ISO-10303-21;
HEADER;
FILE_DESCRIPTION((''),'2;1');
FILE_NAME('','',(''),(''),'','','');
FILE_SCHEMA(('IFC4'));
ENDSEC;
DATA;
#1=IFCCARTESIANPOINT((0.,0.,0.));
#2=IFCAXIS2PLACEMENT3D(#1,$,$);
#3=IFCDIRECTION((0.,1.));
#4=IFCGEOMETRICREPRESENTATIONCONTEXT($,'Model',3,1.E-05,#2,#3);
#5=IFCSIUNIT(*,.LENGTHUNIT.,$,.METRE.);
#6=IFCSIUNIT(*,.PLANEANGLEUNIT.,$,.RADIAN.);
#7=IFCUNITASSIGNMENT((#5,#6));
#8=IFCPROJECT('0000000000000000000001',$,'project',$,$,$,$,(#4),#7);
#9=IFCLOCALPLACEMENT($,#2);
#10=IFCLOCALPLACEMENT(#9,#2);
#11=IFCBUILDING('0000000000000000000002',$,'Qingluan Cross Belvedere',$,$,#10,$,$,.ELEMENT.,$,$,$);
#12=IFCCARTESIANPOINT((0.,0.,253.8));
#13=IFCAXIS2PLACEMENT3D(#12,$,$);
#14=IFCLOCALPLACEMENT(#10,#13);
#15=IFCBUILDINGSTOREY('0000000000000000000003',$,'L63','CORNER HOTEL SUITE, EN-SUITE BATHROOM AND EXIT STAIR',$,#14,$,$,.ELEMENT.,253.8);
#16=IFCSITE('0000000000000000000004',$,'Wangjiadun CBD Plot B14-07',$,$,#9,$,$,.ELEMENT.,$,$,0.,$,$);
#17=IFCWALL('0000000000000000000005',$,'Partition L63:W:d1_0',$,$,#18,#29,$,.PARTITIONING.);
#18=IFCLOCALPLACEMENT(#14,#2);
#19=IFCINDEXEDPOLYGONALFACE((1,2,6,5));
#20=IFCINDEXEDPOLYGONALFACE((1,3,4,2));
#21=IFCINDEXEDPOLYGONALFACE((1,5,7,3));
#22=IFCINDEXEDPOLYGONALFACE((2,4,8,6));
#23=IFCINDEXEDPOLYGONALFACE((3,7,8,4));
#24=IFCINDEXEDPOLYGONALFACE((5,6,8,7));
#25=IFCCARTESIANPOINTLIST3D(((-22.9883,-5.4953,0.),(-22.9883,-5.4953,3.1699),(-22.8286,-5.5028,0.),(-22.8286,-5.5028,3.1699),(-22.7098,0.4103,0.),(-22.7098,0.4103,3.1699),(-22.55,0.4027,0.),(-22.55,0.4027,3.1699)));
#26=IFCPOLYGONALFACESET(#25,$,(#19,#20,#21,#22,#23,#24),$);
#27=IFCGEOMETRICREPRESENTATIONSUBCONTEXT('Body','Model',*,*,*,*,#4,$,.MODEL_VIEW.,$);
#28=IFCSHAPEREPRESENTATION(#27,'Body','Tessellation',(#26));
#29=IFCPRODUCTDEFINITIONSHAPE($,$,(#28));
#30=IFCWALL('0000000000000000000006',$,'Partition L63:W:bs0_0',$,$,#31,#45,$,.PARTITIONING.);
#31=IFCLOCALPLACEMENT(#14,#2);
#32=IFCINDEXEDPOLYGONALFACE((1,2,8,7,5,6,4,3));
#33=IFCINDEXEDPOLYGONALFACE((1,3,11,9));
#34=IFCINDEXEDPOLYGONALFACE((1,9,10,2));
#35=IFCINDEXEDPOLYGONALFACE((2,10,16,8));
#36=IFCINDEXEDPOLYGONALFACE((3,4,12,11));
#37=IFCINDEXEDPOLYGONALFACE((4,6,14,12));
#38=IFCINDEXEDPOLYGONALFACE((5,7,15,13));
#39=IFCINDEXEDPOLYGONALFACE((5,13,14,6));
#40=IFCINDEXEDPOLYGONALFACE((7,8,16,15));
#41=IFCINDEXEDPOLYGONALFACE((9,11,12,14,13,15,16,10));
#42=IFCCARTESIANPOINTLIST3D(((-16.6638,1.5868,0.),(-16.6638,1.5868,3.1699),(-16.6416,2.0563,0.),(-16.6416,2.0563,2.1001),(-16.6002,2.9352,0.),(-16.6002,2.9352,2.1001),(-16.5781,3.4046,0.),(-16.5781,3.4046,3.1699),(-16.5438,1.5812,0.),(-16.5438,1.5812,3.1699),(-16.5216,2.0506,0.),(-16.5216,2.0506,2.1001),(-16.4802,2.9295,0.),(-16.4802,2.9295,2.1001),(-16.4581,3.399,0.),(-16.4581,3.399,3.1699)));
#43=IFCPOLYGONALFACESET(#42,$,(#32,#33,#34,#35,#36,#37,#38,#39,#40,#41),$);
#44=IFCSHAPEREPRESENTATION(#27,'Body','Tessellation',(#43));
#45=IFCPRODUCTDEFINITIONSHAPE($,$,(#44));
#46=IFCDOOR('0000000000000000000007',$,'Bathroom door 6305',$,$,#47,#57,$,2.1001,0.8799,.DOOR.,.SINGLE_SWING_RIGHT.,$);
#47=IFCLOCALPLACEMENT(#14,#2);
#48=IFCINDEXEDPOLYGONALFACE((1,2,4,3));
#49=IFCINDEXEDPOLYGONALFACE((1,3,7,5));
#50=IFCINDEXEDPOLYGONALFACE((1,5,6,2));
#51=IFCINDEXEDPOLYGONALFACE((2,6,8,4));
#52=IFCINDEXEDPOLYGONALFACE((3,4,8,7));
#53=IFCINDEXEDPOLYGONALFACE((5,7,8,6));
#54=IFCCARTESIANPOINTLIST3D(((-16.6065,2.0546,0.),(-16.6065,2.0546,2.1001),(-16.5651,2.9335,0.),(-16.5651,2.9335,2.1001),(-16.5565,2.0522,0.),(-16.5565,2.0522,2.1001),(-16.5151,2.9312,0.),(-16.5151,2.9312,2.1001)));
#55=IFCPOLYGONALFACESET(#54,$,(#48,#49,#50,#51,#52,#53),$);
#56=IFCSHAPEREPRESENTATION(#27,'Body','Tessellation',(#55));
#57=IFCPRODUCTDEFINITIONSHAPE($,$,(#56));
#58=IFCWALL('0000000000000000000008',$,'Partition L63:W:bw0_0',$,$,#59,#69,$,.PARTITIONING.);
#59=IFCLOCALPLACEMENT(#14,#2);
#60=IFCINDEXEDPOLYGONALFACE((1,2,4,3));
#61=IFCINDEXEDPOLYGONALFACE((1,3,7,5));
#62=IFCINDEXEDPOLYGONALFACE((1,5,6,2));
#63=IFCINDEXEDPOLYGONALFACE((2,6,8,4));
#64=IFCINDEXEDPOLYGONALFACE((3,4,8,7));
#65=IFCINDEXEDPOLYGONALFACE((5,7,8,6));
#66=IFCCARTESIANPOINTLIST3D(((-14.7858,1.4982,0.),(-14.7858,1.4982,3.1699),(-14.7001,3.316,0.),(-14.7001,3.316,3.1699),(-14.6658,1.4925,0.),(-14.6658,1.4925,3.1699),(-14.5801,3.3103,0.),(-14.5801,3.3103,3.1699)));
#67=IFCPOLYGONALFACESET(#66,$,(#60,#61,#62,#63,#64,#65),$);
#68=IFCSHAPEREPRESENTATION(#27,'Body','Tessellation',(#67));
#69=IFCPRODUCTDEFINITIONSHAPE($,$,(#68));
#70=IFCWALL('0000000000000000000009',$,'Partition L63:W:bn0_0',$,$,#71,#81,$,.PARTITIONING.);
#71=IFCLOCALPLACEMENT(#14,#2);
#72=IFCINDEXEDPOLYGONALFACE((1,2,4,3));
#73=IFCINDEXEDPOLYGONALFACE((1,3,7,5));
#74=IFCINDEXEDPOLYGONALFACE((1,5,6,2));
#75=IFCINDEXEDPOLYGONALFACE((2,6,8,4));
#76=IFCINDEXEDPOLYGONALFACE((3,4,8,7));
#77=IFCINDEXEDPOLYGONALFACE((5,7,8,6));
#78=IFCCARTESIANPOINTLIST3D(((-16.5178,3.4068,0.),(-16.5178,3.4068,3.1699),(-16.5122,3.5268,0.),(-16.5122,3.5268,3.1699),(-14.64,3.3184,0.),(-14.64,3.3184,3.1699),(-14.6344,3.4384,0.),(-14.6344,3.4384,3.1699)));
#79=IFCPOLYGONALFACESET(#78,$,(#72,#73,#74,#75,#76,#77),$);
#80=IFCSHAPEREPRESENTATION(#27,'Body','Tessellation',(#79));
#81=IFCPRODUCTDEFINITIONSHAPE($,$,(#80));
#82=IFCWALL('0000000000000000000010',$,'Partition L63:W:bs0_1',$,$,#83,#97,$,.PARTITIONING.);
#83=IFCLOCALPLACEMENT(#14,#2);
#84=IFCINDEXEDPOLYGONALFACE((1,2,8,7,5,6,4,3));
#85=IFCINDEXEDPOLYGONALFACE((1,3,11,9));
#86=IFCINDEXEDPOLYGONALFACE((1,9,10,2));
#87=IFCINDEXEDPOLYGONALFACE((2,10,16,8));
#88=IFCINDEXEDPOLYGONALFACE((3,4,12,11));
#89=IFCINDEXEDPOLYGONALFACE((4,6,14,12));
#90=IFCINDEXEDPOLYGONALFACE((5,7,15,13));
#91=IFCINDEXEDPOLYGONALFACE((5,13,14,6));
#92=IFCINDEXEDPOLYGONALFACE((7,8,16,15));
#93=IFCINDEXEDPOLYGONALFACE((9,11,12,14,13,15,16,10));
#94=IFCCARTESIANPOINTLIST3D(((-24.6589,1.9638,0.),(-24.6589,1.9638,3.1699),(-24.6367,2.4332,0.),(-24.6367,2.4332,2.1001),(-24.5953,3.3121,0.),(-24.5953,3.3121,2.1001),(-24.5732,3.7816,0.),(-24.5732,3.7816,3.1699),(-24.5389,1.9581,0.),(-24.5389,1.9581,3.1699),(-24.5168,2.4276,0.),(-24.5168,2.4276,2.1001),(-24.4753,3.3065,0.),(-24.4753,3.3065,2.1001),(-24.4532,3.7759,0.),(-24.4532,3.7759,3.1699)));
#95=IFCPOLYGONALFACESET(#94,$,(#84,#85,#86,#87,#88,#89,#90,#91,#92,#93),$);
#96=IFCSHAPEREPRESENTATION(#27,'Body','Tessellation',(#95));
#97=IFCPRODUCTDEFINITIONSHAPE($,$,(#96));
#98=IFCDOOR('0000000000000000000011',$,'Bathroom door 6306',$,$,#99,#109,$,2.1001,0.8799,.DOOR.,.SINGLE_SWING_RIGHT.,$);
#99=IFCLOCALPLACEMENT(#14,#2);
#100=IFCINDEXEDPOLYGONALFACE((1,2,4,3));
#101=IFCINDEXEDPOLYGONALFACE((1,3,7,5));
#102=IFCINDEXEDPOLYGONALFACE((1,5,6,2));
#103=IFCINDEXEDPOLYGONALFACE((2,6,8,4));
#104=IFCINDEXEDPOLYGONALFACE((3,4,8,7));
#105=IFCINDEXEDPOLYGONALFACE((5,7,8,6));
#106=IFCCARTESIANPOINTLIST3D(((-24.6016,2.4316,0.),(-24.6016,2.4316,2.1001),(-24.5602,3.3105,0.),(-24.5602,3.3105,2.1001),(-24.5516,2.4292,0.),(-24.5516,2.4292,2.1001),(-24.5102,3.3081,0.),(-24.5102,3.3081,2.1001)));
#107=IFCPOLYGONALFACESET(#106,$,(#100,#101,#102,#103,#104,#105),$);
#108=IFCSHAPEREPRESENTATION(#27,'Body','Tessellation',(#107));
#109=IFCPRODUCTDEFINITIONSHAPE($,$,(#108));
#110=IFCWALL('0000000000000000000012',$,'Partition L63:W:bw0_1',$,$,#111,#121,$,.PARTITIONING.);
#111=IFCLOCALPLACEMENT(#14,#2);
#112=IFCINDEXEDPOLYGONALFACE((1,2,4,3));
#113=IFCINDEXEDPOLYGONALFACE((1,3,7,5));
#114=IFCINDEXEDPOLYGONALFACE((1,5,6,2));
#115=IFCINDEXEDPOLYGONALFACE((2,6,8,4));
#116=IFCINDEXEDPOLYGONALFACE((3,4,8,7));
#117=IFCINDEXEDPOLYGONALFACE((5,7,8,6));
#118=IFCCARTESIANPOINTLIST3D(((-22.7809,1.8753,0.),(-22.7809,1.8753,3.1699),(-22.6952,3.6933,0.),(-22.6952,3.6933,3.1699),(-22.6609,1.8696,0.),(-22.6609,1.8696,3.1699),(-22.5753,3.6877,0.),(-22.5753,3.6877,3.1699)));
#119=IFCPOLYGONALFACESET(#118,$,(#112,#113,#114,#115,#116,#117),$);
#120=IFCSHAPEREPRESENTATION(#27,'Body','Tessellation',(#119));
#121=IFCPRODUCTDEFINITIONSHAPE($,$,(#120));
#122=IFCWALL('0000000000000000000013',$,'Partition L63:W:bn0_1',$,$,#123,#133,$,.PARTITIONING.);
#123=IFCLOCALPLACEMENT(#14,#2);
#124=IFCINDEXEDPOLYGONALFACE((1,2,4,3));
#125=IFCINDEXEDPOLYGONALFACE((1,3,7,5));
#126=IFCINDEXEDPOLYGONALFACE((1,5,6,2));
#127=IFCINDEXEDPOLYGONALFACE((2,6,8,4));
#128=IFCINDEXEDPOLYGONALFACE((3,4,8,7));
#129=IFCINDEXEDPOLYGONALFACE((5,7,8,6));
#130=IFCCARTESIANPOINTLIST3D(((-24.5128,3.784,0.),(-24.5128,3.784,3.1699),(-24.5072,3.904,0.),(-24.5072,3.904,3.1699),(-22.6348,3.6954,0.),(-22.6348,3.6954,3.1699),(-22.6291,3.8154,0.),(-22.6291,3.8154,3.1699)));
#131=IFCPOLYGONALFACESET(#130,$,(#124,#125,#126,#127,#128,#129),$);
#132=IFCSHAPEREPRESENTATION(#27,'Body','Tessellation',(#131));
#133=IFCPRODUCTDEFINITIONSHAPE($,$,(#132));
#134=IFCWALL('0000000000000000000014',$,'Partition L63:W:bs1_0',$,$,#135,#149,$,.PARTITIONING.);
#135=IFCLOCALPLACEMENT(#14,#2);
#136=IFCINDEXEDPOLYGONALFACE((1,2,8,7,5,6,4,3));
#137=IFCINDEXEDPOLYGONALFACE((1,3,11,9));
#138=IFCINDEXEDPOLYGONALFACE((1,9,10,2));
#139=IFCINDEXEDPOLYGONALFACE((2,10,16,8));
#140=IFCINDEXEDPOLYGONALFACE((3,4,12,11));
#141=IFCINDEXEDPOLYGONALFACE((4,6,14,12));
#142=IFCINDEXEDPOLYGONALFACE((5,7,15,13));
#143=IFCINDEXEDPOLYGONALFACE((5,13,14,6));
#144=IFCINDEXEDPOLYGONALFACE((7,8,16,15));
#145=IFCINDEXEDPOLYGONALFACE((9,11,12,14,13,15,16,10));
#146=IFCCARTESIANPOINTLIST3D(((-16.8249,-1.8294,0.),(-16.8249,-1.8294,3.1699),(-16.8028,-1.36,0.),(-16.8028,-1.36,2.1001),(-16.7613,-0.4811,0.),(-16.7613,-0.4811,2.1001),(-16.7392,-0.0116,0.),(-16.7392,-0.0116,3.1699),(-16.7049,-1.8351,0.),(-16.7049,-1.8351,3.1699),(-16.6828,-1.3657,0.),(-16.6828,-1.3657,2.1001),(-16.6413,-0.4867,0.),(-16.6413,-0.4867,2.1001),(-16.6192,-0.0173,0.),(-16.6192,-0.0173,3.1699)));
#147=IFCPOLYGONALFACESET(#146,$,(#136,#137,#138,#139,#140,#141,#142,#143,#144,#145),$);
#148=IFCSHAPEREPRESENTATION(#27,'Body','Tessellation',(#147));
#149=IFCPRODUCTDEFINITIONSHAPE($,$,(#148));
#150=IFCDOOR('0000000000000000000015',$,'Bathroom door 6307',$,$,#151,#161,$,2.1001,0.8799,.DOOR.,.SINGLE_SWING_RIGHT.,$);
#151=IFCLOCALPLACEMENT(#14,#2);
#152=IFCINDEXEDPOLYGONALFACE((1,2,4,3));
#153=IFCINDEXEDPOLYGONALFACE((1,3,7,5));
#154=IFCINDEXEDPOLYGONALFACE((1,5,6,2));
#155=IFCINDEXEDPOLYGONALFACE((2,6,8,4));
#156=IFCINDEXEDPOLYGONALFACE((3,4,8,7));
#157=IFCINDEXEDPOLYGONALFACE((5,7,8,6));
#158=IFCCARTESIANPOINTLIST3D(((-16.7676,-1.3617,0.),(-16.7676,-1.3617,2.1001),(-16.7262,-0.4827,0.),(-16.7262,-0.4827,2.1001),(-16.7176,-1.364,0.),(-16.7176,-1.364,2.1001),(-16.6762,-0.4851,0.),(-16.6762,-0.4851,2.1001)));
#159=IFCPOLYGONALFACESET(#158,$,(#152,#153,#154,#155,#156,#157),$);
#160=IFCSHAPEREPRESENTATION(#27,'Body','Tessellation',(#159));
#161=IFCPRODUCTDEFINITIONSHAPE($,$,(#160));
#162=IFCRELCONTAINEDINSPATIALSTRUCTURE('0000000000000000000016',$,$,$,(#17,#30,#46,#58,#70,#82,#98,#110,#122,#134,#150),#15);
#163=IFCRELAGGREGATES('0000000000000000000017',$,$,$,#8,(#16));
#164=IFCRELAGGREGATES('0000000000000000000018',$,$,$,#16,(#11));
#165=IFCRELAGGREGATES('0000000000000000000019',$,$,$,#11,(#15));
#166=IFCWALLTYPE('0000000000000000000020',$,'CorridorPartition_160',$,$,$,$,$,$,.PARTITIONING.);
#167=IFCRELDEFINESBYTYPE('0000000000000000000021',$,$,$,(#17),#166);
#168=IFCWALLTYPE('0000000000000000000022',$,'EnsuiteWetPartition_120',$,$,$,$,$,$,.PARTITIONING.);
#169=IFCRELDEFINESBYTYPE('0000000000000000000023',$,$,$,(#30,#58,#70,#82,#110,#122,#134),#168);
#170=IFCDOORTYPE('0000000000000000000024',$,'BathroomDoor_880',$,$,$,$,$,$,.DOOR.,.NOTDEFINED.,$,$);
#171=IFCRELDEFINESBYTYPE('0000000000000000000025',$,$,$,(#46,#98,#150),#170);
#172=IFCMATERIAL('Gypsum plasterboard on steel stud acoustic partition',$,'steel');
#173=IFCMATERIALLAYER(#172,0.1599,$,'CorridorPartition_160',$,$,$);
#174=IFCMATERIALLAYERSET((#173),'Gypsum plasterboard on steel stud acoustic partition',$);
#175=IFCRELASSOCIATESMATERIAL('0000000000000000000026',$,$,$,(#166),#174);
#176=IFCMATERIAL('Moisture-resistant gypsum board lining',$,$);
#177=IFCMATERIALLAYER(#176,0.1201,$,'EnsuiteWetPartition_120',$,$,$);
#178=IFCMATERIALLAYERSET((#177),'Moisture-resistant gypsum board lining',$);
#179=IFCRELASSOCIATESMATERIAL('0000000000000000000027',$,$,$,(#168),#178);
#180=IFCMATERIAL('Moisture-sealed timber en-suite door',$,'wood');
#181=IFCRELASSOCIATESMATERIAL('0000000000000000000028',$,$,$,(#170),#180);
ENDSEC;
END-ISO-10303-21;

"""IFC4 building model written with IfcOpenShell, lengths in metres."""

from ifc_helpers import new_model, si_unit, direction, frame, frame_2d, origin, place, context, subcontext, project, spatial, rectangle, extrude, material, layer, layer_set, type_object, element, fill, save


model = new_model("IFC4")

# Units and contexts
model_context = context("Model", 3, precision=1e-05, world=origin(), true_north=direction((0.0, 1.0)))
body_context = subcontext(model_context, "Body", "Model", "MODEL_VIEW")
ifc_project = project(units=[si_unit("LENGTHUNIT", "METRE"), si_unit("PLANEANGLEUNIT", "RADIAN")], contexts=[model_context])

# Site, building, storey
site_placement = place(None, origin())
site = spatial("IfcSite", under=ifc_project, at=site_placement, Name="Wangjiadun CBD Plot B14-07", CompositionType="ELEMENT", RefElevation=0.0)
building_placement = place(site_placement, origin())
building = spatial("IfcBuilding", under=site, at=building_placement, Name="Qingluan Cross Belvedere", CompositionType="ELEMENT")
storey_placement = place(building_placement, frame((0.0, 0.0, 253.8)))
storey = spatial("IfcBuildingStorey", under=building, at=storey_placement, Name="L63", Description="CORNER HOTEL SUITE, EN-SUITE BATHROOM AND EXIT STAIR", CompositionType="ELEMENT", Elevation=253.8)

# Shared definitions
ifc_material_1 = material(Name="Gypsum plasterboard on steel stud acoustic partition", Category="steel")
ifc_layer_1 = layer(ifc_material_1, 0.1599, Name="CorridorPartition_160")
ifc_layer_set_1 = layer_set([ifc_layer_1], Name="Gypsum plasterboard on steel stud acoustic partition")
wall_type_1 = type_object("IfcWallType", Name="CorridorPartition_160", PredefinedType="PARTITIONING", material=ifc_layer_set_1)

# Wall
wall_1_placement = place(storey_placement, frame((-22.6299, 0.4065, 0.0), z_axis=(0.0, 0.0, 1.0), x_axis=(-0.047118, -0.998889, 0.0)))
element("IfcWall", 1, at=wall_1_placement, inside=storey, type_object=wall_type_1, Name="Partition L63:W:d1_0", PredefinedType="PARTITIONING", context=body_context, shape_type="SweptSolid", body=[
    extrude(rectangle(XDim=5.9121, YDim=0.1599, at=frame_2d((2.9561, 0.0))), origin(), (0.0, 0.0, 1.0), 3.1699),
])

# Wall, opening, door
ifc_material_2 = material(Name="Moisture-resistant gypsum board lining")
ifc_layer_2 = layer(ifc_material_2, 0.1201, Name="EnsuiteWetPartition_120")
ifc_layer_set_2 = layer_set([ifc_layer_2], Name="Moisture-resistant gypsum board lining")
wall_type_2 = type_object("IfcWallType", Name="EnsuiteWetPartition_120", PredefinedType="PARTITIONING", material=ifc_layer_set_2)
wall_2_placement = place(storey_placement, frame((-16.6038, 1.584, 0.0), z_axis=(0.0, 0.0, 1.0), x_axis=(0.047087, 0.998891, 0.0)))
wall_2 = element("IfcWall", 2, at=wall_2_placement, inside=storey, type_object=wall_type_2, Name="Partition L63:W:bs0_0", PredefinedType="PARTITIONING", context=body_context, shape_type="SweptSolid", body=[
    extrude(rectangle(XDim=1.8198, YDim=0.1201, at=frame_2d((0.9099, 0.0))), origin(), (0.0, 0.0, 1.0), 3.1699),
])
opening_1_placement = place(wall_2_placement, frame((0.47, 0.0, 0.0)))
opening_1 = element("IfcOpeningElement", 3, at=opening_1_placement, cuts=wall_2, PredefinedType="OPENING", context=body_context, shape_type="SweptSolid", body=[
    extrude(rectangle(XDim=0.8799, YDim=2.1001, at=frame_2d((0.4399, 1.05))), frame((0.0, 0.0701, 0.0), z_axis=(0.0, -1.0, 0.0), x_axis=(1.0, 0.0, 0.0)), (0.0, 0.0, 1.0), 0.1401),
])
ifc_material_3 = material(Name="Moisture-sealed timber en-suite door", Category="wood")
door_type_1 = type_object("IfcDoorType", Name="BathroomDoor_880", OperationType="NOTDEFINED", PredefinedType="DOOR", material=ifc_material_3)
door_1_placement = place(opening_1_placement, origin())
door_1 = element("IfcDoor", 4, at=door_1_placement, inside=storey, type_object=door_type_1, Name="Bathroom door 6305", OperationType="SINGLE_SWING_RIGHT", OverallHeight=2.1001, OverallWidth=0.8799, PredefinedType="DOOR", context=body_context, shape_type="SweptSolid", body=[
    extrude(rectangle(XDim=0.8799, YDim=2.1001, at=frame_2d((0.4399, 1.05))), frame((0.0, 0.0249, 0.0), z_axis=(0.0, -1.0, 0.0), x_axis=(1.0, 0.0, 0.0)), (0.0, 0.0, 1.0), 0.05),
])
fill(opening_1, door_1)

# Walls
wall_3_placement = place(storey_placement, frame((-14.7258, 1.4954, 0.0), z_axis=(0.0, 0.0, 1.0), x_axis=(0.047087, 0.998891, 0.0)))
element("IfcWall", 5, at=wall_3_placement, inside=storey, type_object=wall_type_2, Name="Partition L63:W:bw0_0", PredefinedType="PARTITIONING", context=body_context, shape_type="SweptSolid", body=[
    extrude(rectangle(XDim=1.8198, YDim=0.1201, at=frame_2d((0.9099, 0.0))), origin(), (0.0, 0.0, 1.0), 3.1699),
])
wall_4_placement = place(storey_placement, frame((-14.6372, 3.3784, 0.0), z_axis=(0.0, 0.0, 1.0), x_axis=(-0.998894, 0.047016, 0.0)))
element("IfcWall", 6, at=wall_4_placement, inside=storey, type_object=wall_type_2, Name="Partition L63:W:bn0_0", PredefinedType="PARTITIONING", context=body_context, shape_type="SweptSolid", body=[
    extrude(rectangle(XDim=1.8799, YDim=0.1201, at=frame_2d((0.9399, 0.0))), origin(), (0.0, 0.0, 1.0), 3.1699),
])

# Wall, opening, door
wall_5_placement = place(storey_placement, frame((-24.5989, 1.9609, 0.0), z_axis=(0.0, 0.0, 1.0), x_axis=(0.047087, 0.998891, 0.0)))
wall_5 = element("IfcWall", 7, at=wall_5_placement, inside=storey, type_object=wall_type_2, Name="Partition L63:W:bs0_1", PredefinedType="PARTITIONING", context=body_context, shape_type="SweptSolid", body=[
    extrude(rectangle(XDim=1.8198, YDim=0.1201, at=frame_2d((0.9099, 0.0))), origin(), (0.0, 0.0, 1.0), 3.1699),
])
opening_2_placement = place(wall_5_placement, frame((0.47, 0.0, 0.0)))
opening_2 = element("IfcOpeningElement", 8, at=opening_2_placement, cuts=wall_5, PredefinedType="OPENING", context=body_context, shape_type="SweptSolid", body=[
    extrude(rectangle(XDim=0.8799, YDim=2.1001, at=frame_2d((0.4399, 1.05))), frame((0.0, 0.0701, 0.0), z_axis=(0.0, -1.0, 0.0), x_axis=(1.0, 0.0, 0.0)), (0.0, 0.0, 1.0), 0.1401),
])
door_2_placement = place(opening_2_placement, origin())
door_2 = element("IfcDoor", 9, at=door_2_placement, inside=storey, type_object=door_type_1, Name="Bathroom door 6306", OperationType="SINGLE_SWING_RIGHT", OverallHeight=2.1001, OverallWidth=0.8799, PredefinedType="DOOR", context=body_context, shape_type="SweptSolid", body=[
    extrude(rectangle(XDim=0.8799, YDim=2.1001, at=frame_2d((0.4399, 1.05))), frame((0.0, 0.0249, 0.0), z_axis=(0.0, -1.0, 0.0), x_axis=(1.0, 0.0, 0.0)), (0.0, 0.0, 1.0), 0.05),
])
fill(opening_2, door_2)

# Walls
wall_6_placement = place(storey_placement, frame((-22.7209, 1.8723, 0.0), z_axis=(0.0, 0.0, 1.0), x_axis=(0.047081, 0.998891, 0.0)))
element("IfcWall", 10, at=wall_6_placement, inside=storey, type_object=wall_type_2, Name="Partition L63:W:bw0_1", PredefinedType="PARTITIONING", context=body_context, shape_type="SweptSolid", body=[
    extrude(rectangle(XDim=1.8201, YDim=0.1201, at=frame_2d((0.9102, 0.0))), origin(), (0.0, 0.0, 1.0), 3.1699),
])
wall_7_placement = place(storey_placement, frame((-22.6321, 3.7554, 0.0), z_axis=(0.0, 0.0, 1.0), x_axis=(-0.998888, 0.047139, 0.0)))
element("IfcWall", 11, at=wall_7_placement, inside=storey, type_object=wall_type_2, Name="Partition L63:W:bn0_1", PredefinedType="PARTITIONING", context=body_context, shape_type="SweptSolid", body=[
    extrude(rectangle(XDim=1.8801, YDim=0.1201, at=frame_2d((0.9399, 0.0))), origin(), (0.0, 0.0, 1.0), 3.1699),
])

# Wall, opening, door
wall_8_placement = place(storey_placement, frame((-16.7649, -1.8323, 0.0), z_axis=(0.0, 0.0, 1.0), x_axis=(0.047087, 0.998891, 0.0)))
wall_8 = element("IfcWall", 12, at=wall_8_placement, inside=storey, type_object=wall_type_2, Name="Partition L63:W:bs1_0", PredefinedType="PARTITIONING", context=body_context, shape_type="SweptSolid", body=[
    extrude(rectangle(XDim=1.8198, YDim=0.1201, at=frame_2d((0.9099, 0.0))), origin(), (0.0, 0.0, 1.0), 3.1699),
])
opening_3_placement = place(wall_8_placement, frame((0.47, 0.0, 0.0)))
opening_3 = element("IfcOpeningElement", 13, at=opening_3_placement, cuts=wall_8, PredefinedType="OPENING", context=body_context, shape_type="SweptSolid", body=[
    extrude(rectangle(XDim=0.8799, YDim=2.1001, at=frame_2d((0.4399, 1.05))), frame((0.0, 0.0701, 0.0), z_axis=(0.0, -1.0, 0.0), x_axis=(1.0, 0.0, 0.0)), (0.0, 0.0, 1.0), 0.1401),
])
door_3_placement = place(opening_3_placement, origin())
door_3 = element("IfcDoor", 14, at=door_3_placement, inside=storey, type_object=door_type_1, Name="Bathroom door 6307", OperationType="SINGLE_SWING_RIGHT", OverallHeight=2.1001, OverallWidth=0.8799, PredefinedType="DOOR", context=body_context, shape_type="SweptSolid", body=[
    extrude(rectangle(XDim=0.8799, YDim=2.1001, at=frame_2d((0.4399, 1.05))), frame((0.0, 0.0249, 0.0), z_axis=(0.0, -1.0, 0.0), x_axis=(1.0, 0.0, 0.0)), (0.0, 0.0, 1.0), 0.05),
])
fill(opening_3, door_3)

save(model, "model.ifc")
